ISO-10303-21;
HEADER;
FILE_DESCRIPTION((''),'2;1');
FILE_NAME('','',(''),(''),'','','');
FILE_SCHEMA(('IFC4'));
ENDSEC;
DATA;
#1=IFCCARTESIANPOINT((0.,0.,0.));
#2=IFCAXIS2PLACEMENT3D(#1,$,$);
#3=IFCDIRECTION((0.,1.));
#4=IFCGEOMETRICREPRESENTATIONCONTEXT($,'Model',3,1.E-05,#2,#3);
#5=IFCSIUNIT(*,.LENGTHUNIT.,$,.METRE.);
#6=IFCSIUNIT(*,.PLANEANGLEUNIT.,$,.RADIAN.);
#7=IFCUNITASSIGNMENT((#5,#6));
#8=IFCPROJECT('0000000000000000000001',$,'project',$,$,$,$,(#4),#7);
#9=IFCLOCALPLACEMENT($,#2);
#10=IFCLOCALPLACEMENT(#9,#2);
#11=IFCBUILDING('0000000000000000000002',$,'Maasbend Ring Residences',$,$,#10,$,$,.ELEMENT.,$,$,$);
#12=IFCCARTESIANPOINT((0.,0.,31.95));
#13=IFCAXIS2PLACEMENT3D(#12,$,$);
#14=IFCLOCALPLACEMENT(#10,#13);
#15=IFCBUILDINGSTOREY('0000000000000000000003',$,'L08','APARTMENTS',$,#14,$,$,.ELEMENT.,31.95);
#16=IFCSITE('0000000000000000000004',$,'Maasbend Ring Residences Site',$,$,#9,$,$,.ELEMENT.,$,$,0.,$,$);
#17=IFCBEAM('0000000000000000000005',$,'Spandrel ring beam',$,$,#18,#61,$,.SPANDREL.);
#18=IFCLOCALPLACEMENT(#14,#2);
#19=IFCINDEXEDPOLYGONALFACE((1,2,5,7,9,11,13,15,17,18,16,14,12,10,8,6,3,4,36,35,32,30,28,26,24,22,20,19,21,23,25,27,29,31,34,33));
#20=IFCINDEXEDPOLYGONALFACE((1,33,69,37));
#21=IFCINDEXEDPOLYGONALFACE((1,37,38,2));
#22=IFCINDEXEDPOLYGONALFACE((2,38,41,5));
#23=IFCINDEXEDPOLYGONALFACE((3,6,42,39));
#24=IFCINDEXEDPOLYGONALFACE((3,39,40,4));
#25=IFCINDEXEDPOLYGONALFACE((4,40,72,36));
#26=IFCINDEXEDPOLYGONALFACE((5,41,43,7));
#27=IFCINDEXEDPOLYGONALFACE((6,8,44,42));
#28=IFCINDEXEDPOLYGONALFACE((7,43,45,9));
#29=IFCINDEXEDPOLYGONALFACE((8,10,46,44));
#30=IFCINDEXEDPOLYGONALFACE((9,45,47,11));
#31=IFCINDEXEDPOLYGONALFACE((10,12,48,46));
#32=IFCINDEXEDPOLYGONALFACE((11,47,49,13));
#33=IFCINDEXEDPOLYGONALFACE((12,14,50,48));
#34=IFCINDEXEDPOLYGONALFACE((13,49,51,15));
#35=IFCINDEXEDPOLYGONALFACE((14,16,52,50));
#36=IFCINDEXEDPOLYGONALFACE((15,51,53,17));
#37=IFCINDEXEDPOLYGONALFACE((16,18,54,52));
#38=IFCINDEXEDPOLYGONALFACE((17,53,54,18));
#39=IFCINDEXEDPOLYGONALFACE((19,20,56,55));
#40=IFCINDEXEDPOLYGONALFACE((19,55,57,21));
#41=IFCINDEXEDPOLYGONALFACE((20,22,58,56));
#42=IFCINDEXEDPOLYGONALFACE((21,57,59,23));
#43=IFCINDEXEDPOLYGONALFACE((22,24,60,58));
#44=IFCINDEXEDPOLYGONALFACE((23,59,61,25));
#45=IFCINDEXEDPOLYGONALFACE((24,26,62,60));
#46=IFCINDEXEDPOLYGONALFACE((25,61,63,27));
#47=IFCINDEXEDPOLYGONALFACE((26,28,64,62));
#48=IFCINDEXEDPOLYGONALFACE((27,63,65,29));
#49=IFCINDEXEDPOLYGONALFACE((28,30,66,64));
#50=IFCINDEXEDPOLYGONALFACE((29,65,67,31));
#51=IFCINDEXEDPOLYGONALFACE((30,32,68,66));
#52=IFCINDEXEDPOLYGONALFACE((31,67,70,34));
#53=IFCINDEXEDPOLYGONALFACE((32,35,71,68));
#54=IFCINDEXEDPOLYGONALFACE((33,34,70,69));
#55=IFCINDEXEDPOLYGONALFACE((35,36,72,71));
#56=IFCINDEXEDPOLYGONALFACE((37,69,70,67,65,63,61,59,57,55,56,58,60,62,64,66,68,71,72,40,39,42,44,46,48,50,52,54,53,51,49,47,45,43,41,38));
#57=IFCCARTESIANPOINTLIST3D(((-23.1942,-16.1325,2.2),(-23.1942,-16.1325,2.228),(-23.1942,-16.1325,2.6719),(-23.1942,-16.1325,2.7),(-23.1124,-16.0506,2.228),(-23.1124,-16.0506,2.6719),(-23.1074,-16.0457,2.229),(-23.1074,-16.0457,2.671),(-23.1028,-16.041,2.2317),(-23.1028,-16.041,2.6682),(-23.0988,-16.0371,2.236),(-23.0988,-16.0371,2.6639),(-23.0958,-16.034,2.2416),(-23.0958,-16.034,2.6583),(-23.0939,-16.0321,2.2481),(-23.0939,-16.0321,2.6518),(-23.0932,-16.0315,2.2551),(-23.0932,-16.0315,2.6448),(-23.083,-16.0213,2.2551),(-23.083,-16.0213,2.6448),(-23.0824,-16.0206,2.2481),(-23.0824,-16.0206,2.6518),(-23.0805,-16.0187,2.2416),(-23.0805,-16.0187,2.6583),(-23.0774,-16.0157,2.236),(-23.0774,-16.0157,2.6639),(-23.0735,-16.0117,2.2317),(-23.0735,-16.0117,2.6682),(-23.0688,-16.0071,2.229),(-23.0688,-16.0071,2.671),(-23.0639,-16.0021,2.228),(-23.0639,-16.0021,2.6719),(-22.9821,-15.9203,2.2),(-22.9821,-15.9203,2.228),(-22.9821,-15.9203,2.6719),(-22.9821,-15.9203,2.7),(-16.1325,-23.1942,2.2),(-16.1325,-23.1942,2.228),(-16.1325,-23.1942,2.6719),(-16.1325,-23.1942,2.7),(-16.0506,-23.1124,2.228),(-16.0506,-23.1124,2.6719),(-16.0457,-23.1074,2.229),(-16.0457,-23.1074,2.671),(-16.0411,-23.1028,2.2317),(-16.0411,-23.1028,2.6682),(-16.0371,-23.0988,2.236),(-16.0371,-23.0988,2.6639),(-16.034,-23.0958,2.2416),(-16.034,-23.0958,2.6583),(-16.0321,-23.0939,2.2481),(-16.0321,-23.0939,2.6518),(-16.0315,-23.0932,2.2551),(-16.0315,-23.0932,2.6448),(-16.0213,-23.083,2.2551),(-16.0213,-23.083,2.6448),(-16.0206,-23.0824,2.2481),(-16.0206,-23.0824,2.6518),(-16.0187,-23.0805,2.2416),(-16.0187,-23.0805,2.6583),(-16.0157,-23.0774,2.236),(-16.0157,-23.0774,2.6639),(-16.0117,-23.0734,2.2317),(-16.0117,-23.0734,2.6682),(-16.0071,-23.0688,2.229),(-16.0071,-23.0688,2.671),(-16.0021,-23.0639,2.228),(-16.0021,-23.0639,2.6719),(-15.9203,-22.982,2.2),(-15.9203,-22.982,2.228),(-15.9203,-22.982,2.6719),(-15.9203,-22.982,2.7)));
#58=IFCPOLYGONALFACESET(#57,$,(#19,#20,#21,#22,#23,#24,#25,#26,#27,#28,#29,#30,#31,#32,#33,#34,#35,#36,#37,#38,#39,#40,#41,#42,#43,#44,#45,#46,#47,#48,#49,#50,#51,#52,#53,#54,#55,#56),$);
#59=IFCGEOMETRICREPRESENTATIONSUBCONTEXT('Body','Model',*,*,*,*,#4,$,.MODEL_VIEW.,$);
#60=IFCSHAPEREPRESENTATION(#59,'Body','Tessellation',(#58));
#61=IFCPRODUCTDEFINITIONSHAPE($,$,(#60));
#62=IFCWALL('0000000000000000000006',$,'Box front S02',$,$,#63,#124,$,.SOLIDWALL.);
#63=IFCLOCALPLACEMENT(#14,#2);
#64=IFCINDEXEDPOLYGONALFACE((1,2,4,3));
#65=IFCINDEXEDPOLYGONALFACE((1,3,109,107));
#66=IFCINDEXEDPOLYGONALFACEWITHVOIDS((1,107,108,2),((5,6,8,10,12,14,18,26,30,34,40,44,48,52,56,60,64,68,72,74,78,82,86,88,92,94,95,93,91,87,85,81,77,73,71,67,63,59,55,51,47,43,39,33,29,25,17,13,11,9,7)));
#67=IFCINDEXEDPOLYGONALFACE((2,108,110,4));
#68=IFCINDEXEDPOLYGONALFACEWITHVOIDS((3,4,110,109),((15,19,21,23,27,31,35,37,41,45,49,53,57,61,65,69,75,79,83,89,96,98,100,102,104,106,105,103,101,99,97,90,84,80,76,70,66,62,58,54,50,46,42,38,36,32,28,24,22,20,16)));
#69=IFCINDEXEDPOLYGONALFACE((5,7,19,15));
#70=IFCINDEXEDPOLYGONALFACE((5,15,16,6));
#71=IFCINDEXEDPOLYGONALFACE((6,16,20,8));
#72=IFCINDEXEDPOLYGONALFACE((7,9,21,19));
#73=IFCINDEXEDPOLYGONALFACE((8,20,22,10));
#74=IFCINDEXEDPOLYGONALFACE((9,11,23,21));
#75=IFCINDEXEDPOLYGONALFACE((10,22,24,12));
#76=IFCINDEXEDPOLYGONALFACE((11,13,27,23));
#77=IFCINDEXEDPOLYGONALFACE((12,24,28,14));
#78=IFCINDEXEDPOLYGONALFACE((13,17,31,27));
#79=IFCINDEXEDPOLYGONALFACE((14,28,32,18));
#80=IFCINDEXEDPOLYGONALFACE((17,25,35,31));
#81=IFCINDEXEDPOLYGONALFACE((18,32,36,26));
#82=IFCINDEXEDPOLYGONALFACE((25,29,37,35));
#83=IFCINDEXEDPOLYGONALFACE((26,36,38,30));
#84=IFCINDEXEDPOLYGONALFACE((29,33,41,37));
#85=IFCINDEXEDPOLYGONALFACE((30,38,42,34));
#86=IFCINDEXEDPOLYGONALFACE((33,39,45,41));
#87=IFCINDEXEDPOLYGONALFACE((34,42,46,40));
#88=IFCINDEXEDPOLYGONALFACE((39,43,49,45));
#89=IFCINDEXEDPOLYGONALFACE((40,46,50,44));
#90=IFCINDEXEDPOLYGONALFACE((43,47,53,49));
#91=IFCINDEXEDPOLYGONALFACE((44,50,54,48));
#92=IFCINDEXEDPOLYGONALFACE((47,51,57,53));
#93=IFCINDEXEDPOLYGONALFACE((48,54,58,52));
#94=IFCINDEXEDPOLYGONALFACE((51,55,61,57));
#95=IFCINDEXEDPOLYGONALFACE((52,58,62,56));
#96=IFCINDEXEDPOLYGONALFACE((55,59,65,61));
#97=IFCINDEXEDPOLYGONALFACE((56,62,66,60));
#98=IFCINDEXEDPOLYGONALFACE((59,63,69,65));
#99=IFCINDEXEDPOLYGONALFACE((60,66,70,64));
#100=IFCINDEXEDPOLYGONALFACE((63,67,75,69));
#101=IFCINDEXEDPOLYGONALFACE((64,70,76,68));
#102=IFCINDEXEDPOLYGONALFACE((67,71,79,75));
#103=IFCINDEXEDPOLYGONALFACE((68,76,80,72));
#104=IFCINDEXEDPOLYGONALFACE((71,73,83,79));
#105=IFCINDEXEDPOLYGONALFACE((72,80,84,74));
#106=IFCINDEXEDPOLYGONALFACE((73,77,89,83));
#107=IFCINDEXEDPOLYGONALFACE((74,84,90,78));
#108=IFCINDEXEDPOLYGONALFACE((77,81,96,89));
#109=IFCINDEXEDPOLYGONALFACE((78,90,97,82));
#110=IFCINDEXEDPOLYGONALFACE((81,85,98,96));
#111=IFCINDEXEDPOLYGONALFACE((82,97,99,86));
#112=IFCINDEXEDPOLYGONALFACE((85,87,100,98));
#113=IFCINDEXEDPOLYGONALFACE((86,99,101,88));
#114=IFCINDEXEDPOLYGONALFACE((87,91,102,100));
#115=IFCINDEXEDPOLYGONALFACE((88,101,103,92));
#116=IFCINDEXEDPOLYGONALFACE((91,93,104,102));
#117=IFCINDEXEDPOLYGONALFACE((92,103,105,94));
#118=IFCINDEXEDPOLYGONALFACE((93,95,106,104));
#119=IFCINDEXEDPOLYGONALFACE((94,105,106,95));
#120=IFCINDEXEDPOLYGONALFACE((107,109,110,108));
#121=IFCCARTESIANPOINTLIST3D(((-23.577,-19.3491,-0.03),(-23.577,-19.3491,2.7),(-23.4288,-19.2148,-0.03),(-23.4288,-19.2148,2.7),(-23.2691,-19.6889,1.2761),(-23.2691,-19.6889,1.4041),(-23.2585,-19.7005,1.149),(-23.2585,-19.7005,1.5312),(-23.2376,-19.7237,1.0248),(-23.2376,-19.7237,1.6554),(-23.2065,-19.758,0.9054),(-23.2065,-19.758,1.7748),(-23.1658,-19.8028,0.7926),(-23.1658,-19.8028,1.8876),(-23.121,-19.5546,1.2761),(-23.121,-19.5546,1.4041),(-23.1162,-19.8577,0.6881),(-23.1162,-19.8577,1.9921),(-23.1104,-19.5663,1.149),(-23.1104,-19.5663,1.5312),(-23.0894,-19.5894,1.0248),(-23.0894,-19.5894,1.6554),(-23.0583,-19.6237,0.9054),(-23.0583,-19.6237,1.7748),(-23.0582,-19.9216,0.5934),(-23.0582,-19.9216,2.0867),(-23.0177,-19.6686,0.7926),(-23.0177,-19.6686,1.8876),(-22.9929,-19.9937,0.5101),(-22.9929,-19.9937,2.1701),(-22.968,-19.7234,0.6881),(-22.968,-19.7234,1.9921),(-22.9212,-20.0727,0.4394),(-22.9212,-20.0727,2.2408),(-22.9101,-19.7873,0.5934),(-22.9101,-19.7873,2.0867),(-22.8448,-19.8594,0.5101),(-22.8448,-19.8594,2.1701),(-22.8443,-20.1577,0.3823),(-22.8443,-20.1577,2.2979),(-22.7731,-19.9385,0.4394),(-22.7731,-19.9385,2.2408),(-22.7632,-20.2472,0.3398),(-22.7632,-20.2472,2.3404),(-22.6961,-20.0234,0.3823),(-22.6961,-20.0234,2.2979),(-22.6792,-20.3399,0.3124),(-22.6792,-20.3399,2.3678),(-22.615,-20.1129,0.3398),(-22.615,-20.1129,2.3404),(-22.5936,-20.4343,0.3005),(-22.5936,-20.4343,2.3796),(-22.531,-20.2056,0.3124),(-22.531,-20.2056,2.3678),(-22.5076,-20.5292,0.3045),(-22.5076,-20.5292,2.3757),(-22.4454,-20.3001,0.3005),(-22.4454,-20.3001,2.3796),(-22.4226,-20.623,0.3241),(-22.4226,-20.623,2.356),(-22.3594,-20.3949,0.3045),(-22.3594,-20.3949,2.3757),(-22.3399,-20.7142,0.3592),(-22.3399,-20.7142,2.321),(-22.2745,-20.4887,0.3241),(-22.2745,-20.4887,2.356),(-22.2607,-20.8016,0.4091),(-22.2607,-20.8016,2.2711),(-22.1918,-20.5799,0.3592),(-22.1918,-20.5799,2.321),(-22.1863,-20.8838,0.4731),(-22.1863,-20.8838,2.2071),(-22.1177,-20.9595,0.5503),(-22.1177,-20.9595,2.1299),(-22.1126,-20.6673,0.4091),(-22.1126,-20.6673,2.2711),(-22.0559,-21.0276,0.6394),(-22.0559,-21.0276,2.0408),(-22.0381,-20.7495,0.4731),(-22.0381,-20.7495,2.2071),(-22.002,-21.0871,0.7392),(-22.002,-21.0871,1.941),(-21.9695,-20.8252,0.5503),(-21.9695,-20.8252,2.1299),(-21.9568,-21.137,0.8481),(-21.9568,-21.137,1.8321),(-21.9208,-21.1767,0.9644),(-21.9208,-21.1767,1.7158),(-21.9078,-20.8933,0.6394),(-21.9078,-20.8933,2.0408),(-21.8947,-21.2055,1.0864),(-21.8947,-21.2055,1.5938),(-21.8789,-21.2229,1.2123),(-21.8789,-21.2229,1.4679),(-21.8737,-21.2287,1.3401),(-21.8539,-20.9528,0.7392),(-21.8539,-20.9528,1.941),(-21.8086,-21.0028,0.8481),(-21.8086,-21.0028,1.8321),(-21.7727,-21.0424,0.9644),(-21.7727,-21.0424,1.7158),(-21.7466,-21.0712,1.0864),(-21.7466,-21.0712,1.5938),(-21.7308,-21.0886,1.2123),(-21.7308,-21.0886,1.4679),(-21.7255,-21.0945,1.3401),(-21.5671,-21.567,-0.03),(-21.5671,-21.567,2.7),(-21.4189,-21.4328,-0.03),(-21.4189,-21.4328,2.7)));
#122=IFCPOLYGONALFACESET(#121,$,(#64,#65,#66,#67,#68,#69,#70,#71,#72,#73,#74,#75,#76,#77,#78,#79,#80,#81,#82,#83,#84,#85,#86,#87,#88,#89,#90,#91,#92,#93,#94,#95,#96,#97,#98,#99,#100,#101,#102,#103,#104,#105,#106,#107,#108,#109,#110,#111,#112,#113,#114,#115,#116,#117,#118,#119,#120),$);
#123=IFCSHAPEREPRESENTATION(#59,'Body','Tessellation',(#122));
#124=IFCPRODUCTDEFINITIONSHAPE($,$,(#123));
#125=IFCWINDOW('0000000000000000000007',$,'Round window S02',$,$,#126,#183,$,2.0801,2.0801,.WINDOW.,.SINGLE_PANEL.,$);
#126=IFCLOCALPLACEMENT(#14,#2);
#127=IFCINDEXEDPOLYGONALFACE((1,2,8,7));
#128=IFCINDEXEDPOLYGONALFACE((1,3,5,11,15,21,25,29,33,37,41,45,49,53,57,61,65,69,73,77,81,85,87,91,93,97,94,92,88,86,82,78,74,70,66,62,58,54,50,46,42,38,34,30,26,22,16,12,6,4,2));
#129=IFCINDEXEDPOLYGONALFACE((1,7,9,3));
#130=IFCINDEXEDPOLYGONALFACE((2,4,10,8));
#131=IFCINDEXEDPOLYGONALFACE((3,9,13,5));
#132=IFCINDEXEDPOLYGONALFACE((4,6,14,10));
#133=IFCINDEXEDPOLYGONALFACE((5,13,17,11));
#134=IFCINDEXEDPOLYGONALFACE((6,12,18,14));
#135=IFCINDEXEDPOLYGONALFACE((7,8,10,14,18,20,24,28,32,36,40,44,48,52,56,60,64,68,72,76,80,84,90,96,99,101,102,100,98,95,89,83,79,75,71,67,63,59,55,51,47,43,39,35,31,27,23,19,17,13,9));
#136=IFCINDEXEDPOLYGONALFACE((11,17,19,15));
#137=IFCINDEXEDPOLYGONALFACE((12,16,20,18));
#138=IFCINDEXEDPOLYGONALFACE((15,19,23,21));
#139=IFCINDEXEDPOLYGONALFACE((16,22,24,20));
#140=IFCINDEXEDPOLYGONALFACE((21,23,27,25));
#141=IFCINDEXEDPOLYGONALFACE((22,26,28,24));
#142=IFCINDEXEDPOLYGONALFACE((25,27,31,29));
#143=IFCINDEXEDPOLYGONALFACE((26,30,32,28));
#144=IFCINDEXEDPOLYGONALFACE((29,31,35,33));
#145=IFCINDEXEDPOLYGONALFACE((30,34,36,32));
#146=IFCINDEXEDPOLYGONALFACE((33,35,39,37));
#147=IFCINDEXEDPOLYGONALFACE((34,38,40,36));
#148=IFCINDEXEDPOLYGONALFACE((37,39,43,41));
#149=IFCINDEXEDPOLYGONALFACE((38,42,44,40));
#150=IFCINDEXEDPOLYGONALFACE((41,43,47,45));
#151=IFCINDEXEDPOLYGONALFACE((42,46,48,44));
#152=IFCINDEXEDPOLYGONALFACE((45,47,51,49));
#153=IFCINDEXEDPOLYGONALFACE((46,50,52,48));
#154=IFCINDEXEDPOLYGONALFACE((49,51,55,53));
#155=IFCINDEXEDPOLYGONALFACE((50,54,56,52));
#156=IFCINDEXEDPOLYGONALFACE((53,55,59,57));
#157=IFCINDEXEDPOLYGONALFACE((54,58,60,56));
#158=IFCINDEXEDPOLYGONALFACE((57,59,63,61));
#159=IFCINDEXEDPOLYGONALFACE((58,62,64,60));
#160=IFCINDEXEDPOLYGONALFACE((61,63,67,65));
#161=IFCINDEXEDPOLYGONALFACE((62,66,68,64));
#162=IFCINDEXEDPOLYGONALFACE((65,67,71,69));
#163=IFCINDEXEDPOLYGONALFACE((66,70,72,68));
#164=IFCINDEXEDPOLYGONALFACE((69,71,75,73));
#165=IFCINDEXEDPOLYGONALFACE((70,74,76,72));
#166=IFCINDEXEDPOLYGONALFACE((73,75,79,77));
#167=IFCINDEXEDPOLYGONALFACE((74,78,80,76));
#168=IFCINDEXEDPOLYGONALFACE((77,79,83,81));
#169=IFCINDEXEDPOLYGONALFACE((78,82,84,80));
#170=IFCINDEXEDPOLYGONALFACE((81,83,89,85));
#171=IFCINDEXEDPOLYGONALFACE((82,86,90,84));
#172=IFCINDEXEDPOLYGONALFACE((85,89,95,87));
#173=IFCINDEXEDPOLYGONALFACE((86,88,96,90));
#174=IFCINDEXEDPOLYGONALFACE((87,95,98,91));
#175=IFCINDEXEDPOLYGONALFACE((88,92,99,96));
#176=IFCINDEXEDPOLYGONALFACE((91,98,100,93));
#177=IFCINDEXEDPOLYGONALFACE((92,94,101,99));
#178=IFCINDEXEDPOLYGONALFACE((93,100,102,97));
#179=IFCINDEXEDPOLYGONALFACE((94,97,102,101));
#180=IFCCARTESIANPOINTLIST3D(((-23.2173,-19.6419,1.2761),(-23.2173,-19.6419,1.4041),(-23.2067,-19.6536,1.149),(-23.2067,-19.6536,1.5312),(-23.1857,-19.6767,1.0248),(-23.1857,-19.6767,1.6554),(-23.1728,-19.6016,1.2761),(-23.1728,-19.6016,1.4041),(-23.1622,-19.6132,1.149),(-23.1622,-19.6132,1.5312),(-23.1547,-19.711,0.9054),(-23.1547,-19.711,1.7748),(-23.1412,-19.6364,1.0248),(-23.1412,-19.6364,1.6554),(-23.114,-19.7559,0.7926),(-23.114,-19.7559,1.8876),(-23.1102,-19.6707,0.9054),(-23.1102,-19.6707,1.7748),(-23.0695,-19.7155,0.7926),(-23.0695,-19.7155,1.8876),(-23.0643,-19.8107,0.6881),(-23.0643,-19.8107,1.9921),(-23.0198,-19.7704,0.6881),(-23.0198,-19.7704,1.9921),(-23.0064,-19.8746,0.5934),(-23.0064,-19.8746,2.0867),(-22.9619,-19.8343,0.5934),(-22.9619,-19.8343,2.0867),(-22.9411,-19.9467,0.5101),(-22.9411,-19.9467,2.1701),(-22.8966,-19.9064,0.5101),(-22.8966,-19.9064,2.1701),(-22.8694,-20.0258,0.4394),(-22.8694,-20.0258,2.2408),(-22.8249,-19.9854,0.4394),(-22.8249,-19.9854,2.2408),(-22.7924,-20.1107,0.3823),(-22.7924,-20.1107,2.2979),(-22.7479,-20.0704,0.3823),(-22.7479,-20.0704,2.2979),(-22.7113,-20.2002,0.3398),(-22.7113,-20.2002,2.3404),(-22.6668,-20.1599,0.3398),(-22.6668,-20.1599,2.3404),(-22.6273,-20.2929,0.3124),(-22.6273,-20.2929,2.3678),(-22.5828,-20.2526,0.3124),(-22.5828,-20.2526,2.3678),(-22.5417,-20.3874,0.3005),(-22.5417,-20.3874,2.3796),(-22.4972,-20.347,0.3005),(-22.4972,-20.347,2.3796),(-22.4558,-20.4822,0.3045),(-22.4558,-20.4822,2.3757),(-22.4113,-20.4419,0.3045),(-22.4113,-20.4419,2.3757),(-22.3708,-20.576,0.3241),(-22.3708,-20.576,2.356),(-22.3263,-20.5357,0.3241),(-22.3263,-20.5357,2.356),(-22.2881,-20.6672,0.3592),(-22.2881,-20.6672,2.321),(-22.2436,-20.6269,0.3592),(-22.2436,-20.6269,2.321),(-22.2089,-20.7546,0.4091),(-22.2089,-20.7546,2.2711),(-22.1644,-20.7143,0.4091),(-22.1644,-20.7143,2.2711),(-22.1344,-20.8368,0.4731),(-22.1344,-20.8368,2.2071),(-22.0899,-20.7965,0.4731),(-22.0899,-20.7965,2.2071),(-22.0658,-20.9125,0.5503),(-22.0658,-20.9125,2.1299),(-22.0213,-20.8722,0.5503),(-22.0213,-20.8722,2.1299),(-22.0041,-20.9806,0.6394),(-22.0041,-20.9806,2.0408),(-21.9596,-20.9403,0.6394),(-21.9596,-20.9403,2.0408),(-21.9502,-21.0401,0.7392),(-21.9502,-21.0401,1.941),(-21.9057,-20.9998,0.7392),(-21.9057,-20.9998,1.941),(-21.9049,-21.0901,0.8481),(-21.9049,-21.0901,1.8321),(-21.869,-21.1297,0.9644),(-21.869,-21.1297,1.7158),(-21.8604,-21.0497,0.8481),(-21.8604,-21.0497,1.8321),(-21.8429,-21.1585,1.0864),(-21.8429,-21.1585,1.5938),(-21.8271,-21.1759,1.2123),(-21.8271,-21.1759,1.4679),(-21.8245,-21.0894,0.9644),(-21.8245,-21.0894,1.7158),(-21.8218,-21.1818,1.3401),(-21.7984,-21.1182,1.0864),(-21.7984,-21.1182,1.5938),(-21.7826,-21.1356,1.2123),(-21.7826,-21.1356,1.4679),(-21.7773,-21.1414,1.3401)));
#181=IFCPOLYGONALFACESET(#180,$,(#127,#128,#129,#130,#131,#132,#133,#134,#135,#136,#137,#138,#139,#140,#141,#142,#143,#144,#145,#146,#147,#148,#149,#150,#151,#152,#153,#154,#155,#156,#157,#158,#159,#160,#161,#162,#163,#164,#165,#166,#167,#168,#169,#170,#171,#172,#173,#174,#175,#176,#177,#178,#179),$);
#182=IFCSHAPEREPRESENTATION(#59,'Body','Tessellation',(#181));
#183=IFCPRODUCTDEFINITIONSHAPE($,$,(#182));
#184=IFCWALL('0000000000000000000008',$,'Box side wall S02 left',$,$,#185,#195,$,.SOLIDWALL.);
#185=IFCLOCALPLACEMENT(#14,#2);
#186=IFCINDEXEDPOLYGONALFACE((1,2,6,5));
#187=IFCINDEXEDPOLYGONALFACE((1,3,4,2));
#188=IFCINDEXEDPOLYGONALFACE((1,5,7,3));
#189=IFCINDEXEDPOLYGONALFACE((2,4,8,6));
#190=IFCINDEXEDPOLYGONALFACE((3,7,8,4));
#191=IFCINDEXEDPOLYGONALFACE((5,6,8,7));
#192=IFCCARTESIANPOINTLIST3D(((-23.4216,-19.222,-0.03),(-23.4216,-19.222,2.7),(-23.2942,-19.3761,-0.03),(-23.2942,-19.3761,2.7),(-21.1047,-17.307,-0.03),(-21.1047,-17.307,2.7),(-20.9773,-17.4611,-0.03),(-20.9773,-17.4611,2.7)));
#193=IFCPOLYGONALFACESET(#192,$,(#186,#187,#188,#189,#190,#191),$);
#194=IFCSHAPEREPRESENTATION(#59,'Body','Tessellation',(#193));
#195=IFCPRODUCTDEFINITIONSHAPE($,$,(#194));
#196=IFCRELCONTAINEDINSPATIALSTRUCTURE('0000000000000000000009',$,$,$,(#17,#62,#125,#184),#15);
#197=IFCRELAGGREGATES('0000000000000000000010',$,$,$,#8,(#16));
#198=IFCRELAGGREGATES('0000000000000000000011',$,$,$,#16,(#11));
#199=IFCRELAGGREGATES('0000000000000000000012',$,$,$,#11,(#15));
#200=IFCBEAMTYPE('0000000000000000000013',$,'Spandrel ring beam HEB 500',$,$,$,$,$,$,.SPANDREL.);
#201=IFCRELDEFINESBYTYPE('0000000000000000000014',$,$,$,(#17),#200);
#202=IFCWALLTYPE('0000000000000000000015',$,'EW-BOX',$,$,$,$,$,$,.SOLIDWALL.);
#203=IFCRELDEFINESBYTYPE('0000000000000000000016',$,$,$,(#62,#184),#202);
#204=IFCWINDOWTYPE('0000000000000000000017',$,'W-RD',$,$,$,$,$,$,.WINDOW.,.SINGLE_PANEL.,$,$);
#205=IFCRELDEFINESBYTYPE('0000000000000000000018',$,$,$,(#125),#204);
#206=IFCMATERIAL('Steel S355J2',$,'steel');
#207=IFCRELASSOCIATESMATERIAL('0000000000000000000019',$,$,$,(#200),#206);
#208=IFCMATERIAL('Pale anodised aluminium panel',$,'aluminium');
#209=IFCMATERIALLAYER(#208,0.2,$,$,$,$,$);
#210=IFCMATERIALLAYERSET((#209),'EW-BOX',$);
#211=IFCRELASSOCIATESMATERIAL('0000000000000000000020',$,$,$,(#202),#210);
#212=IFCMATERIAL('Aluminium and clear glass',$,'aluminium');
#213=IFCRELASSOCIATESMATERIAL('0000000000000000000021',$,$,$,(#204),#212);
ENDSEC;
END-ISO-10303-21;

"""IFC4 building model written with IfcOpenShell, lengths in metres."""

from ifc_helpers import new_model, si_unit, direction, frame, frame_2d, origin, origin_2d, place, context, subcontext, project, spatial, rectangle, circle, i_section, extrude, material, layer, layer_set, material_profile, profile_set, type_object, element, fill, save


model = new_model("IFC4")

# Units and contexts
model_context = context("Model", 3, precision=1e-05, world=origin(), true_north=direction((0.0, 1.0)))
body_context = subcontext(model_context, "Body", "Model", "MODEL_VIEW")
ifc_project = project(units=[si_unit("LENGTHUNIT", "METRE"), si_unit("PLANEANGLEUNIT", "RADIAN")], contexts=[model_context])

# Site, building, storey
site_placement = place(None, origin())
site = spatial("IfcSite", under=ifc_project, at=site_placement, Name="Maasbend Ring Residences Site", CompositionType="ELEMENT", RefElevation=0.0)
building_placement = place(site_placement, origin())
building = spatial("IfcBuilding", under=site, at=building_placement, Name="Maasbend Ring Residences", CompositionType="ELEMENT")
storey_placement = place(building_placement, frame((0.0, 0.0, 31.95)))
storey = spatial("IfcBuildingStorey", under=building, at=storey_placement, Name="L08", Description="APARTMENTS", CompositionType="ELEMENT", Elevation=31.95)

# Beam
ifc_material_1 = material(Name="Steel S355J2", Category="steel")
ifc_material_profile_1 = material_profile(ifc_material_1, i_section(OverallWidth=0.3, OverallDepth=0.5, WebThickness=0.0144, FlangeThickness=0.0281, FilletRadius=0.0271, at=origin_2d()), Name="HEB 500")
ifc_profile_set_1 = profile_set([ifc_material_profile_1], Name="Steel S355J2")
beam_type_1 = type_object("IfcBeamType", Name="Spandrel ring beam HEB 500", PredefinedType="SPANDREL", material=ifc_profile_set_1)
beam_1_placement = place(storey_placement, frame((-23.0881, -16.0264, 2.45), z_axis=(0.707107, -0.707107, 0.0), x_axis=(0.707107, 0.707107, 0.0)))
element("IfcBeam", 1, at=beam_1_placement, inside=storey, type_object=beam_type_1, Name="Spandrel ring beam", PredefinedType="SPANDREL", context=body_context, shape_type="SweptSolid", body=[
    extrude(i_section(OverallWidth=0.3, OverallDepth=0.5, WebThickness=0.0144, FlangeThickness=0.0281, FilletRadius=0.0271, at=origin_2d()), origin(), (0.0, 0.0, 1.0), 9.9868),
])

# Wall, opening, window
ifc_material_2 = material(Name="Pale anodised aluminium panel", Category="aluminium")
ifc_layer_1 = layer(ifc_material_2, 0.2)
ifc_layer_set_1 = layer_set([ifc_layer_1], Name="EW-BOX")
wall_type_1 = type_object("IfcWallType", Name="EW-BOX", PredefinedType="SOLIDWALL", material=ifc_layer_set_1)
wall_1_placement = place(storey_placement, frame((-23.5029, -19.282, -0.03), z_axis=(0.0, 0.0, 1.0), x_axis=(0.671507, -0.740998, 0.0)))
wall_1 = element("IfcWall", 2, at=wall_1_placement, inside=storey, type_object=wall_type_1, Name="Box front S02", PredefinedType="SOLIDWALL", context=body_context, shape_type="SweptSolid", body=[
    extrude(rectangle(XDim=2.9932, YDim=0.2, at=frame_2d((1.4966, 0.0))), origin(), (0.0, 0.0, 1.0), 2.73),
])
opening_1_placement = place(wall_1_placement, frame((0.4565, 0.0, 0.3301)))
opening_1 = element("IfcOpeningElement", 3, at=opening_1_placement, cuts=wall_1, PredefinedType="OPENING", context=body_context, shape_type="SweptSolid", body=[
    extrude(circle(Radius=1.04, at=frame_2d((1.04, 1.04))), frame((0.0, 0.1099, 0.0), z_axis=(0.0, -1.0, 0.0), x_axis=(1.0, 0.0, 0.0)), (0.0, 0.0, 1.0), 0.22),
])
ifc_material_3 = material(Name="Aluminium and clear glass", Category="aluminium")
window_type_1 = type_object("IfcWindowType", Name="W-RD", PartitioningType="SINGLE_PANEL", PredefinedType="WINDOW", material=ifc_material_3)
window_1_placement = place(opening_1_placement, origin())
window_1 = element("IfcWindow", 4, at=window_1_placement, inside=storey, type_object=window_type_1, Name="Round window S02", OverallHeight=2.0801, OverallWidth=2.0801, PartitioningType="SINGLE_PANEL", PredefinedType="WINDOW", context=body_context, shape_type="SweptSolid", body=[
    extrude(circle(Radius=1.04, at=frame_2d((1.04, 1.04))), frame((0.0, 0.03, 0.0), z_axis=(0.0, -1.0, 0.0), x_axis=(1.0, 0.0, 0.0)), (0.0, 0.0, 1.0), 0.0601),
])
fill(opening_1, window_1)

# Wall
wall_2_placement = place(storey_placement, frame((-21.041, -17.384, -0.03), z_axis=(0.0, 0.0, 1.0), x_axis=(-0.770785, -0.637096, 0.0)))
element("IfcWall", 5, at=wall_2_placement, inside=storey, type_object=wall_type_1, Name="Box side wall S02 left", PredefinedType="SOLIDWALL", context=body_context, shape_type="SweptSolid", body=[
    extrude(rectangle(XDim=3.0059, YDim=0.2, at=frame_2d((1.5029, 0.0))), origin(), (0.0, 0.0, 1.0), 2.73),
])

save(model, "model.ifc")
